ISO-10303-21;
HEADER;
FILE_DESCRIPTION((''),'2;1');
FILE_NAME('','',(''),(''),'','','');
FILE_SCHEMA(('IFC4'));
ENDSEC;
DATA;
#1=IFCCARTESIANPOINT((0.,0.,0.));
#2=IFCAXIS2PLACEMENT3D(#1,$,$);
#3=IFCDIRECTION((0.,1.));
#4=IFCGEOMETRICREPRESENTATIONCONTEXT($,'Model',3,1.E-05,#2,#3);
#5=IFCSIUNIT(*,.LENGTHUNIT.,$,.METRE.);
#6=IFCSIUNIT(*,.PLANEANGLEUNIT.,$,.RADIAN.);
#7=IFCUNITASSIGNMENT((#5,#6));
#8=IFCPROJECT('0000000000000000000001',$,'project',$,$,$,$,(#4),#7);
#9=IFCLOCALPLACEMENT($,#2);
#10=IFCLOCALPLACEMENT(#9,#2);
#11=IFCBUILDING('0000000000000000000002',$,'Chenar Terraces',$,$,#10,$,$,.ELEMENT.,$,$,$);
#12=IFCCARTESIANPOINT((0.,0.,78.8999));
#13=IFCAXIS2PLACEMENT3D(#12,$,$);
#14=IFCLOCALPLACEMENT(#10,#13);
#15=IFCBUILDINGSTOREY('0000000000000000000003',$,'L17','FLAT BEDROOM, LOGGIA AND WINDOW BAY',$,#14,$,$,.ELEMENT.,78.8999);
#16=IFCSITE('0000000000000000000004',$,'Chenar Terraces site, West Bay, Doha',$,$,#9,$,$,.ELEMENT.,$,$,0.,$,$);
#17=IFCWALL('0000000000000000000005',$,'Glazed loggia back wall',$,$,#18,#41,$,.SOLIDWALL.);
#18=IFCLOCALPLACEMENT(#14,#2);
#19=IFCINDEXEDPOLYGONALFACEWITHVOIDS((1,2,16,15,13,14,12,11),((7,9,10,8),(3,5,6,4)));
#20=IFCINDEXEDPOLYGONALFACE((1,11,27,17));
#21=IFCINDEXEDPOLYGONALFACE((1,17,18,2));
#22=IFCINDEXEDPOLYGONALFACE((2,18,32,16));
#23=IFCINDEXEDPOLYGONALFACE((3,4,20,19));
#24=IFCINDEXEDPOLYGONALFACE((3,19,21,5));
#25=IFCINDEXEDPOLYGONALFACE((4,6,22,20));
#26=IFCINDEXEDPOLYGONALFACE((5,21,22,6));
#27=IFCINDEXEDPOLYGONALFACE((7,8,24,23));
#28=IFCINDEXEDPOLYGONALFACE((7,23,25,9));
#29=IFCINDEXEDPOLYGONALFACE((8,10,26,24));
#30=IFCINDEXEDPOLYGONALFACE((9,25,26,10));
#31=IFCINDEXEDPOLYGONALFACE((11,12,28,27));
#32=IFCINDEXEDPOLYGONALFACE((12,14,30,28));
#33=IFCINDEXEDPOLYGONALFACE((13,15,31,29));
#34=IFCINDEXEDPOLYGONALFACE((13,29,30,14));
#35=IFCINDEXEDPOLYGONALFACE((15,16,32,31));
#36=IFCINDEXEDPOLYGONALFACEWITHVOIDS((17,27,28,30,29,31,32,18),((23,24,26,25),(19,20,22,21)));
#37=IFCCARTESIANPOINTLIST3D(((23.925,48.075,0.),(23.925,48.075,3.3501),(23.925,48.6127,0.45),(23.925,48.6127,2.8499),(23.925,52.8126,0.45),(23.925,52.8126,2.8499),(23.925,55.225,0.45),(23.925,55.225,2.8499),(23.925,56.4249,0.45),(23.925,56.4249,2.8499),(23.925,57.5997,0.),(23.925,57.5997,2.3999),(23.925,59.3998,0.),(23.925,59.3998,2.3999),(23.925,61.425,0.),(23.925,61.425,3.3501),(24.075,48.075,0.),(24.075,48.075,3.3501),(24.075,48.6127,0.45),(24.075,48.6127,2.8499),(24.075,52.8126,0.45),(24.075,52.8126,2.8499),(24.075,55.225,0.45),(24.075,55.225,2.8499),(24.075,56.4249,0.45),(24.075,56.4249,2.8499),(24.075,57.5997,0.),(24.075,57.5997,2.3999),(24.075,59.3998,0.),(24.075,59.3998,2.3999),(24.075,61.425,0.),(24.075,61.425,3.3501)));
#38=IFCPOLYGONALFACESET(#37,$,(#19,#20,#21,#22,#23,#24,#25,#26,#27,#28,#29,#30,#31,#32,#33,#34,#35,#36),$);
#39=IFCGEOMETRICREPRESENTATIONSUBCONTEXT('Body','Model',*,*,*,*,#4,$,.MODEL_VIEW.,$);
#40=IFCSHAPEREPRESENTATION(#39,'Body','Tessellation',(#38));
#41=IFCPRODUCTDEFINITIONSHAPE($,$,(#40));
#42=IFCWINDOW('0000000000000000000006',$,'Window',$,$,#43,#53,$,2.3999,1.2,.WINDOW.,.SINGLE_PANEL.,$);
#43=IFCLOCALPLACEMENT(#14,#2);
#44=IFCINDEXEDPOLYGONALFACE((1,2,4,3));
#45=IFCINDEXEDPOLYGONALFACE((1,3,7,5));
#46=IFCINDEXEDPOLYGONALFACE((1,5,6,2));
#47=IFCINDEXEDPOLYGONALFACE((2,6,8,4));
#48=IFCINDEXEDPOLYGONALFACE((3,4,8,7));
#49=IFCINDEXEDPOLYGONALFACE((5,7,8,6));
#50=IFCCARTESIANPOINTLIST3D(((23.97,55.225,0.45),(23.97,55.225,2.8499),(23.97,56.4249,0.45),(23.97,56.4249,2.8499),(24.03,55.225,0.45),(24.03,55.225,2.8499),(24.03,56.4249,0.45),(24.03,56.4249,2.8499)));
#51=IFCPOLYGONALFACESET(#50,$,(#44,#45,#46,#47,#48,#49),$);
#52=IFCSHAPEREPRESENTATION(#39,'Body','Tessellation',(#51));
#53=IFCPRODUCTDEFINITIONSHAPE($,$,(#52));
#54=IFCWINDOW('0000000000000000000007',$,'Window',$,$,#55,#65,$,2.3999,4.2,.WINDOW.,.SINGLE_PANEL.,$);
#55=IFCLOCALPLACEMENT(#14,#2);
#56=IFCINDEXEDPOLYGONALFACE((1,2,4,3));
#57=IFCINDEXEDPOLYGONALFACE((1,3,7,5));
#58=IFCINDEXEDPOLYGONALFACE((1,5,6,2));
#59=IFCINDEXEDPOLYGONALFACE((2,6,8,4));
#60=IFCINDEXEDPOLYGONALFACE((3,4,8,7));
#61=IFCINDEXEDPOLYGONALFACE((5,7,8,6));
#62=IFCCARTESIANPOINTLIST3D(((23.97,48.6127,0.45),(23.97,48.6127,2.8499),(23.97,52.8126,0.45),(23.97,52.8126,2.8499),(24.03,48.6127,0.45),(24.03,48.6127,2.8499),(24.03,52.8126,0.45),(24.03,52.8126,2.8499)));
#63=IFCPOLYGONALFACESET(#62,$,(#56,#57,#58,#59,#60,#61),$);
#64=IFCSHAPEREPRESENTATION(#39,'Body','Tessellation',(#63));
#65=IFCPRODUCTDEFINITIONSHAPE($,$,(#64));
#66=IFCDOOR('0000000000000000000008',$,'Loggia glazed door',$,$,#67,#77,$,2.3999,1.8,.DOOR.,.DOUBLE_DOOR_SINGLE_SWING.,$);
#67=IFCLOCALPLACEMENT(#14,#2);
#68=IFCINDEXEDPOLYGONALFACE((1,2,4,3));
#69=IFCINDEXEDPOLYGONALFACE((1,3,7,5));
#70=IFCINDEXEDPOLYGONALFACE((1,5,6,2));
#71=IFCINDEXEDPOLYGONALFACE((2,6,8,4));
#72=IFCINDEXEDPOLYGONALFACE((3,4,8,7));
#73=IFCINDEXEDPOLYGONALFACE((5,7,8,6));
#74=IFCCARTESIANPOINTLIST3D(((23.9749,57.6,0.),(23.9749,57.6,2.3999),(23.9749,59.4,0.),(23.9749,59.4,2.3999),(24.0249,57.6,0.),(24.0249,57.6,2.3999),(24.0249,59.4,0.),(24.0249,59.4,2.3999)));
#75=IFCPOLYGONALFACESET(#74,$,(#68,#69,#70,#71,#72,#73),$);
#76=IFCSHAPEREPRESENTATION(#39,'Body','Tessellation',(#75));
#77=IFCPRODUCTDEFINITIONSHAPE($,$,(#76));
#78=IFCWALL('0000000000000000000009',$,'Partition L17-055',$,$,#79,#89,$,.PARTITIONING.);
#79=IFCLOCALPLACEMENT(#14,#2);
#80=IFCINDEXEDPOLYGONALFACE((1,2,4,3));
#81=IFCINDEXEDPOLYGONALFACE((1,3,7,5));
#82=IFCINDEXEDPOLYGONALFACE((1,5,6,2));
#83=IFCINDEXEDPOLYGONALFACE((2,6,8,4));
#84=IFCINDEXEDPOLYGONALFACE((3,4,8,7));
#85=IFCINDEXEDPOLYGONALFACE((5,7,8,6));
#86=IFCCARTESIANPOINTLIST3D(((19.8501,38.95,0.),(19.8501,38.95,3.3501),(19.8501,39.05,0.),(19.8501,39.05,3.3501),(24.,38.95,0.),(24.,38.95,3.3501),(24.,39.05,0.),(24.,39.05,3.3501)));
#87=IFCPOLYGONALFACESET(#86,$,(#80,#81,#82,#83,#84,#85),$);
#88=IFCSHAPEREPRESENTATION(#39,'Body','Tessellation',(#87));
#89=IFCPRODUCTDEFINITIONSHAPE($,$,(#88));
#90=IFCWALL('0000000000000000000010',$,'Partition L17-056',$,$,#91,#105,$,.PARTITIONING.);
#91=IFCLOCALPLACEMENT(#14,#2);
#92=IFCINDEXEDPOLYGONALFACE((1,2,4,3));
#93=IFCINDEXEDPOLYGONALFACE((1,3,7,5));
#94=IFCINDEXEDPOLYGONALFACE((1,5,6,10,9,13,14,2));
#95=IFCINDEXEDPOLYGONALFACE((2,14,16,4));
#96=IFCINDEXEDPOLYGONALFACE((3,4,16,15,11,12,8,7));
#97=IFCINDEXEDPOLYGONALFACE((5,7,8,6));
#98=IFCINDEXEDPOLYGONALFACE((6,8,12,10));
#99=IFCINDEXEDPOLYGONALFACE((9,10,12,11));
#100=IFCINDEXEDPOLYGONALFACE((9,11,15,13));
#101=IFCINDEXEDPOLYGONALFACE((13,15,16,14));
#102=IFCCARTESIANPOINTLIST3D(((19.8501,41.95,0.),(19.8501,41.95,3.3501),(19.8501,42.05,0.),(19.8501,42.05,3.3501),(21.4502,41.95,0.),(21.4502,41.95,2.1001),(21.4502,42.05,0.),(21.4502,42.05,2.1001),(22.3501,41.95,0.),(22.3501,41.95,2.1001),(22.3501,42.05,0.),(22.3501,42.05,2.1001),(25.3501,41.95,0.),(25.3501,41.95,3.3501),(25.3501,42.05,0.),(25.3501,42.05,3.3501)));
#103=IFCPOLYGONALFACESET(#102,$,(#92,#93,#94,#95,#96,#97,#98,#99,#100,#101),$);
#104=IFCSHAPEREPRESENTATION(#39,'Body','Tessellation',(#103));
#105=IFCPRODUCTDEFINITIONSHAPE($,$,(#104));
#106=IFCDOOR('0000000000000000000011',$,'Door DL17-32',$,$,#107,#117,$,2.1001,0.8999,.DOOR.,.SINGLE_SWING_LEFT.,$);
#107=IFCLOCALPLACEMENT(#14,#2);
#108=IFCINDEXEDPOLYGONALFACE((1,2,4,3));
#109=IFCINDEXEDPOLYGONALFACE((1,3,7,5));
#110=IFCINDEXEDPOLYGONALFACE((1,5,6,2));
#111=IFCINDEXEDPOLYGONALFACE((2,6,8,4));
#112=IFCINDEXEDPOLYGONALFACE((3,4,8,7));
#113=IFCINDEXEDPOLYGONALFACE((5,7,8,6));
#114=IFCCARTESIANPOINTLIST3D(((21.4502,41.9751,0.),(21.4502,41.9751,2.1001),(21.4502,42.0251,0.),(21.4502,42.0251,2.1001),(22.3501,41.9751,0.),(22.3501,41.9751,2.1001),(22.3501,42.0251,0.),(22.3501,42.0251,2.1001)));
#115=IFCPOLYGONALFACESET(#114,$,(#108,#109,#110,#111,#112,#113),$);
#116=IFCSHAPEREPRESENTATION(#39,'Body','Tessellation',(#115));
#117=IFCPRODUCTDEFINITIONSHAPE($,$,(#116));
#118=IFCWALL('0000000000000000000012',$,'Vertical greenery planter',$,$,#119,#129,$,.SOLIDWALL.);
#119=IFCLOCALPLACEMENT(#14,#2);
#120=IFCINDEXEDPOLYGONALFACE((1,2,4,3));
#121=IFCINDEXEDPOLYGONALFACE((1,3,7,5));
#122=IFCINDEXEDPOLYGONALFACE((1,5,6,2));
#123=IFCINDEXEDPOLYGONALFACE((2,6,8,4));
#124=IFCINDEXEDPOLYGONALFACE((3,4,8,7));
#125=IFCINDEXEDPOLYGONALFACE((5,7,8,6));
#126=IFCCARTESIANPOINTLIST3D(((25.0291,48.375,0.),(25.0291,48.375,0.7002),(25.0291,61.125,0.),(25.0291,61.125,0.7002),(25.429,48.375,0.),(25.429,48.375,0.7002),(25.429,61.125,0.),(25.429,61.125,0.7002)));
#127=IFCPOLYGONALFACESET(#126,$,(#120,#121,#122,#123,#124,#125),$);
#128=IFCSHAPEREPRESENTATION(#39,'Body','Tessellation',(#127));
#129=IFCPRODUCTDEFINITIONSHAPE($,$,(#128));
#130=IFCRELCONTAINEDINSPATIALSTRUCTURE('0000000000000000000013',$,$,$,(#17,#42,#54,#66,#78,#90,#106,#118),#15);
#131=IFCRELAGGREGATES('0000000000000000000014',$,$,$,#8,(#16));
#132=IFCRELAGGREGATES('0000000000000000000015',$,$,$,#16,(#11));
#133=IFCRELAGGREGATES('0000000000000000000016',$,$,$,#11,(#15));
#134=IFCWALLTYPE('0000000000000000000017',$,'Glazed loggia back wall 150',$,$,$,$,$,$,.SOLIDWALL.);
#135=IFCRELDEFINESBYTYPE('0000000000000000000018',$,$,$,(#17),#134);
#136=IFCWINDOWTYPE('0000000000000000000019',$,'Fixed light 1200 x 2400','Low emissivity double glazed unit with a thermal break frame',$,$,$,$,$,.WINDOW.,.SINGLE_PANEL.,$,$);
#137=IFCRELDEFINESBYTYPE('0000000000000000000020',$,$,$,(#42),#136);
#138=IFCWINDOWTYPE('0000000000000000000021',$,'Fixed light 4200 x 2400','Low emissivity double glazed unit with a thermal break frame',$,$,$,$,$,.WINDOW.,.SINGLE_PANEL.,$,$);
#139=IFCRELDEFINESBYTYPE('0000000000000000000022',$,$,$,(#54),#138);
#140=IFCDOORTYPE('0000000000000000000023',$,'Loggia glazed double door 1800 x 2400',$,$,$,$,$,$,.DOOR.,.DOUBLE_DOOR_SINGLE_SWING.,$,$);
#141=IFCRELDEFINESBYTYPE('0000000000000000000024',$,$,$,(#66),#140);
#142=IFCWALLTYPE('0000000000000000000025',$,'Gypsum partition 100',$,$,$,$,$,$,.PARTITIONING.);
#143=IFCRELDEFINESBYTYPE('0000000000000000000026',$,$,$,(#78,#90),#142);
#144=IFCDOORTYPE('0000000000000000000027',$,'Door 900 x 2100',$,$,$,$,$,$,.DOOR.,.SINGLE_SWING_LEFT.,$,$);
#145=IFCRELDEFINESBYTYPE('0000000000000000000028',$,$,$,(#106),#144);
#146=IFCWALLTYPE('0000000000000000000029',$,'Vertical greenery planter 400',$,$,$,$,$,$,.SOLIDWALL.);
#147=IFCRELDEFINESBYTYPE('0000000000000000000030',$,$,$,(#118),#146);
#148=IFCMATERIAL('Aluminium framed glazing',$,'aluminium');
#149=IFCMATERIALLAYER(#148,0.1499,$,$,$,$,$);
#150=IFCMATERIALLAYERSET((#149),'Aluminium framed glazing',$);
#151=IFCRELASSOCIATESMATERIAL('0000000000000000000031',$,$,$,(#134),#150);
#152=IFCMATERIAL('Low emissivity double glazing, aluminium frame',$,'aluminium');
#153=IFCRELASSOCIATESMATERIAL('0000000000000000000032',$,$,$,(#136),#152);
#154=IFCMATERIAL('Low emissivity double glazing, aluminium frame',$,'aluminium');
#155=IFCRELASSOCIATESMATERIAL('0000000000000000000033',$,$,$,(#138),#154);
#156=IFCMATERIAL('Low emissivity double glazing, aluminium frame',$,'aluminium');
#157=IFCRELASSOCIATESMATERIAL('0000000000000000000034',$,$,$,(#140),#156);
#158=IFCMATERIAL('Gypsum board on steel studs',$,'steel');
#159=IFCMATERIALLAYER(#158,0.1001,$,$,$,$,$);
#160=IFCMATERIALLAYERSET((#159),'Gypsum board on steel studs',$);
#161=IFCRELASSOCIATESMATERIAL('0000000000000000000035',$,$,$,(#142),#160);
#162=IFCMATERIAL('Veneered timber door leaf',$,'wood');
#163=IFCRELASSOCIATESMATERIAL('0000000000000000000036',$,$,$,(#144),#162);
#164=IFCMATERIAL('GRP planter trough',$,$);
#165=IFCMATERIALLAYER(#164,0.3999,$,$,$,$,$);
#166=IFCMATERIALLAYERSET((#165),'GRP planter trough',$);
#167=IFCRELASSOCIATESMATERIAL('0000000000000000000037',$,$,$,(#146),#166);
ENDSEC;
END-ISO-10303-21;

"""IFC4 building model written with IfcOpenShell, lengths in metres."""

from ifc_helpers import new_model, si_unit, direction, frame, frame_2d, origin, place, context, subcontext, project, spatial, rectangle, extrude, material, layer, layer_set, type_object, element, fill, save


model = new_model("IFC4")

# Units and contexts
model_context = context("Model", 3, precision=1e-05, world=origin(), true_north=direction((0.0, 1.0)))
body_context = subcontext(model_context, "Body", "Model", "MODEL_VIEW")
ifc_project = project(units=[si_unit("LENGTHUNIT", "METRE"), si_unit("PLANEANGLEUNIT", "RADIAN")], contexts=[model_context])

# Site, building, storey
site_placement = place(None, origin())
site = spatial("IfcSite", under=ifc_project, at=site_placement, Name="Chenar Terraces site, West Bay, Doha", CompositionType="ELEMENT", RefElevation=0.0)
building_placement = place(site_placement, origin())
building = spatial("IfcBuilding", under=site, at=building_placement, Name="Chenar Terraces", CompositionType="ELEMENT")
storey_placement = place(building_placement, frame((0.0, 0.0, 78.8999)))
storey = spatial("IfcBuildingStorey", under=building, at=storey_placement, Name="L17", Description="FLAT BEDROOM, LOGGIA AND WINDOW BAY", CompositionType="ELEMENT", Elevation=78.8999)

# Wall, openings, windows, door
ifc_material_1 = material(Name="Aluminium framed glazing", Category="aluminium")
ifc_layer_1 = layer(ifc_material_1, 0.1499)
ifc_layer_set_1 = layer_set([ifc_layer_1], Name="Aluminium framed glazing")
wall_type_1 = type_object("IfcWallType", Name="Glazed loggia back wall 150", PredefinedType="SOLIDWALL", material=ifc_layer_set_1)
wall_1_placement = place(storey_placement, frame((24.0, 48.075, 0.0), z_axis=(0.0, 0.0, 1.0), x_axis=(0.0, 1.0, 0.0)))
wall_1 = element("IfcWall", 1, at=wall_1_placement, inside=storey, type_object=wall_type_1, Name="Glazed loggia back wall", PredefinedType="SOLIDWALL", context=body_context, shape_type="SweptSolid", body=[
    extrude(rectangle(XDim=13.3501, YDim=0.1499, at=frame_2d((6.675, 0.0))), origin(), (0.0, 0.0, 1.0), 3.3501),
])
opening_1_placement = place(wall_1_placement, frame((0.5376, 0.0, 0.45)))
opening_1 = element("IfcOpeningElement", 2, at=opening_1_placement, cuts=wall_1, PredefinedType="OPENING", context=body_context, shape_type="SweptSolid", body=[
    extrude(rectangle(XDim=4.2, YDim=2.3999, at=frame_2d((2.1001, 1.2))), frame((0.0, 0.085, 0.0), z_axis=(0.0, -1.0, 0.0), x_axis=(1.0, 0.0, 0.0)), (0.0, 0.0, 1.0), 0.1699),
])
opening_2_placement = place(wall_1_placement, frame((7.1499, 0.0, 0.45)))
opening_2 = element("IfcOpeningElement", 3, at=opening_2_placement, cuts=wall_1, PredefinedType="OPENING", context=body_context, shape_type="SweptSolid", body=[
    extrude(rectangle(XDim=1.2, YDim=2.3999, at=frame_2d((0.6001, 1.2))), frame((0.0, 0.085, 0.0), z_axis=(0.0, -1.0, 0.0), x_axis=(1.0, 0.0, 0.0)), (0.0, 0.0, 1.0), 0.1699),
])
opening_3_placement = place(wall_1_placement, frame((9.5249, 0.0, 0.0)))
opening_3 = element("IfcOpeningElement", 4, at=opening_3_placement, cuts=wall_1, PredefinedType="OPENING", context=body_context, shape_type="SweptSolid", body=[
    extrude(rectangle(XDim=1.8, YDim=2.3999, at=frame_2d((0.8999, 1.2))), frame((0.0, 0.085, 0.0), z_axis=(0.0, -1.0, 0.0), x_axis=(1.0, 0.0, 0.0)), (0.0, 0.0, 1.0), 0.1699),
])
ifc_material_2 = material(Name="Low emissivity double glazing, aluminium frame", Category="aluminium")
window_type_1 = type_object("IfcWindowType", Name="Fixed light 1200 x 2400", Description="Low emissivity double glazed unit with a thermal break frame", PartitioningType="SINGLE_PANEL", PredefinedType="WINDOW", material=ifc_material_2)
window_1_placement = place(opening_2_placement, origin())
window_1 = element("IfcWindow", 5, at=window_1_placement, inside=storey, type_object=window_type_1, Name="Window", OverallHeight=2.3999, OverallWidth=1.2, PartitioningType="SINGLE_PANEL", PredefinedType="WINDOW", context=body_context, shape_type="SweptSolid", body=[
    extrude(rectangle(XDim=1.2, YDim=2.3999, at=frame_2d((0.6001, 1.2))), frame((0.0, 0.03, 0.0), z_axis=(0.0, -1.0, 0.0), x_axis=(1.0, 0.0, 0.0)), (0.0, 0.0, 1.0), 0.0601),
])
fill(opening_2, window_1)
ifc_material_3 = material(Name="Low emissivity double glazing, aluminium frame", Category="aluminium")
window_type_2 = type_object("IfcWindowType", Name="Fixed light 4200 x 2400", Description="Low emissivity double glazed unit with a thermal break frame", PartitioningType="SINGLE_PANEL", PredefinedType="WINDOW", material=ifc_material_3)
window_2_placement = place(opening_1_placement, origin())
window_2 = element("IfcWindow", 6, at=window_2_placement, inside=storey, type_object=window_type_2, Name="Window", OverallHeight=2.3999, OverallWidth=4.2, PartitioningType="SINGLE_PANEL", PredefinedType="WINDOW", context=body_context, shape_type="SweptSolid", body=[
    extrude(rectangle(XDim=4.2, YDim=2.3999, at=frame_2d((2.1001, 1.2))), frame((0.0, 0.03, 0.0), z_axis=(0.0, -1.0, 0.0), x_axis=(1.0, 0.0, 0.0)), (0.0, 0.0, 1.0), 0.0601),
])
fill(opening_1, window_2)
ifc_material_4 = material(Name="Low emissivity double glazing, aluminium frame", Category="aluminium")
door_type_1 = type_object("IfcDoorType", Name="Loggia glazed double door 1800 x 2400", OperationType="DOUBLE_DOOR_SINGLE_SWING", PredefinedType="DOOR", material=ifc_material_4)
door_1_placement = place(opening_3_placement, frame((1.8, 0.0, 0.0), z_axis=(0.0, 0.0, 1.0), x_axis=(-1.0, 0.0, 0.0)))
door_1 = element("IfcDoor", 7, at=door_1_placement, inside=storey, type_object=door_type_1, Name="Loggia glazed door", OperationType="DOUBLE_DOOR_SINGLE_SWING", OverallHeight=2.3999, OverallWidth=1.8, PredefinedType="DOOR", context=body_context, shape_type="SweptSolid", body=[
    extrude(rectangle(XDim=1.8, YDim=2.3999, at=frame_2d((0.8999, 1.2))), frame((0.0, 0.0249, 0.0), z_axis=(0.0, -1.0, 0.0), x_axis=(1.0, 0.0, 0.0)), (0.0, 0.0, 1.0), 0.05),
])
fill(opening_3, door_1)

# Wall
ifc_material_5 = material(Name="Gypsum board on steel studs", Category="steel")
ifc_layer_2 = layer(ifc_material_5, 0.1001)
ifc_layer_set_2 = layer_set([ifc_layer_2], Name="Gypsum board on steel studs")
wall_type_2 = type_object("IfcWallType", Name="Gypsum partition 100", PredefinedType="PARTITIONING", material=ifc_layer_set_2)
wall_2_placement = place(storey_placement, frame((19.8501, 39.0, 0.0), z_axis=(0.0, 0.0, 1.0), x_axis=(1.0, 0.0, 0.0)))
element("IfcWall", 8, at=wall_2_placement, inside=storey, type_object=wall_type_2, Name="Partition L17-055", PredefinedType="PARTITIONING", context=body_context, shape_type="SweptSolid", body=[
    extrude(rectangle(XDim=4.1499, YDim=0.1001, at=frame_2d((2.075, 0.0))), origin(), (0.0, 0.0, 1.0), 3.3501),
])

# Wall, opening, door
wall_3_placement = place(storey_placement, frame((19.8501, 42.0, 0.0), z_axis=(0.0, 0.0, 1.0), x_axis=(1.0, 0.0, 0.0)))
wall_3 = element("IfcWall", 9, at=wall_3_placement, inside=storey, type_object=wall_type_2, Name="Partition L17-056", PredefinedType="PARTITIONING", context=body_context, shape_type="SweptSolid", body=[
    extrude(rectangle(XDim=5.5, YDim=0.1001, at=frame_2d((2.75, 0.0))), origin(), (0.0, 0.0, 1.0), 3.3501),
])
opening_4_placement = place(wall_3_placement, frame((1.6001, 0.0, 0.0)))
opening_4 = element("IfcOpeningElement", 10, at=opening_4_placement, cuts=wall_3, PredefinedType="OPENING", context=body_context, shape_type="SweptSolid", body=[
    extrude(rectangle(XDim=0.8999, YDim=2.1001, at=frame_2d((0.45, 1.05))), frame((0.0, 0.0601, 0.0), z_axis=(0.0, -1.0, 0.0), x_axis=(1.0, 0.0, 0.0)), (0.0, 0.0, 1.0), 0.1201),
])
ifc_material_6 = material(Name="Veneered timber door leaf", Category="wood")
door_type_2 = type_object("IfcDoorType", Name="Door 900 x 2100", OperationType="SINGLE_SWING_LEFT", PredefinedType="DOOR", material=ifc_material_6)
door_2_placement = place(opening_4_placement, frame((0.8999, 0.0, 0.0), z_axis=(0.0, 0.0, 1.0), x_axis=(-1.0, 0.0, 0.0)))
door_2 = element("IfcDoor", 11, at=door_2_placement, inside=storey, type_object=door_type_2, Name="Door DL17-32", OperationType="SINGLE_SWING_LEFT", OverallHeight=2.1001, OverallWidth=0.8999, PredefinedType="DOOR", context=body_context, shape_type="SweptSolid", body=[
    extrude(rectangle(XDim=0.8999, YDim=2.1001, at=frame_2d((0.45, 1.05))), frame((0.0, 0.0249, 0.0), z_axis=(0.0, -1.0, 0.0), x_axis=(1.0, 0.0, 0.0)), (0.0, 0.0, 1.0), 0.05),
])
fill(opening_4, door_2)

# Wall
ifc_material_7 = material(Name="GRP planter trough")
ifc_layer_3 = layer(ifc_material_7, 0.3999)
ifc_layer_set_3 = layer_set([ifc_layer_3], Name="GRP planter trough")
wall_type_3 = type_object("IfcWallType", Name="Vertical greenery planter 400", PredefinedType="SOLIDWALL", material=ifc_layer_set_3)
wall_4_placement = place(storey_placement, frame((25.229, 48.375, 0.0), z_axis=(0.0, 0.0, 1.0), x_axis=(0.0, 1.0, 0.0)))
element("IfcWall", 12, at=wall_4_placement, inside=storey, type_object=wall_type_3, Name="Vertical greenery planter", PredefinedType="SOLIDWALL", context=body_context, shape_type="SweptSolid", body=[
    extrude(rectangle(XDim=12.75, YDim=0.3999, at=frame_2d((6.375, 0.0))), origin(), (0.0, 0.0, 1.0), 0.7002),
])

save(model, "model.ifc")
